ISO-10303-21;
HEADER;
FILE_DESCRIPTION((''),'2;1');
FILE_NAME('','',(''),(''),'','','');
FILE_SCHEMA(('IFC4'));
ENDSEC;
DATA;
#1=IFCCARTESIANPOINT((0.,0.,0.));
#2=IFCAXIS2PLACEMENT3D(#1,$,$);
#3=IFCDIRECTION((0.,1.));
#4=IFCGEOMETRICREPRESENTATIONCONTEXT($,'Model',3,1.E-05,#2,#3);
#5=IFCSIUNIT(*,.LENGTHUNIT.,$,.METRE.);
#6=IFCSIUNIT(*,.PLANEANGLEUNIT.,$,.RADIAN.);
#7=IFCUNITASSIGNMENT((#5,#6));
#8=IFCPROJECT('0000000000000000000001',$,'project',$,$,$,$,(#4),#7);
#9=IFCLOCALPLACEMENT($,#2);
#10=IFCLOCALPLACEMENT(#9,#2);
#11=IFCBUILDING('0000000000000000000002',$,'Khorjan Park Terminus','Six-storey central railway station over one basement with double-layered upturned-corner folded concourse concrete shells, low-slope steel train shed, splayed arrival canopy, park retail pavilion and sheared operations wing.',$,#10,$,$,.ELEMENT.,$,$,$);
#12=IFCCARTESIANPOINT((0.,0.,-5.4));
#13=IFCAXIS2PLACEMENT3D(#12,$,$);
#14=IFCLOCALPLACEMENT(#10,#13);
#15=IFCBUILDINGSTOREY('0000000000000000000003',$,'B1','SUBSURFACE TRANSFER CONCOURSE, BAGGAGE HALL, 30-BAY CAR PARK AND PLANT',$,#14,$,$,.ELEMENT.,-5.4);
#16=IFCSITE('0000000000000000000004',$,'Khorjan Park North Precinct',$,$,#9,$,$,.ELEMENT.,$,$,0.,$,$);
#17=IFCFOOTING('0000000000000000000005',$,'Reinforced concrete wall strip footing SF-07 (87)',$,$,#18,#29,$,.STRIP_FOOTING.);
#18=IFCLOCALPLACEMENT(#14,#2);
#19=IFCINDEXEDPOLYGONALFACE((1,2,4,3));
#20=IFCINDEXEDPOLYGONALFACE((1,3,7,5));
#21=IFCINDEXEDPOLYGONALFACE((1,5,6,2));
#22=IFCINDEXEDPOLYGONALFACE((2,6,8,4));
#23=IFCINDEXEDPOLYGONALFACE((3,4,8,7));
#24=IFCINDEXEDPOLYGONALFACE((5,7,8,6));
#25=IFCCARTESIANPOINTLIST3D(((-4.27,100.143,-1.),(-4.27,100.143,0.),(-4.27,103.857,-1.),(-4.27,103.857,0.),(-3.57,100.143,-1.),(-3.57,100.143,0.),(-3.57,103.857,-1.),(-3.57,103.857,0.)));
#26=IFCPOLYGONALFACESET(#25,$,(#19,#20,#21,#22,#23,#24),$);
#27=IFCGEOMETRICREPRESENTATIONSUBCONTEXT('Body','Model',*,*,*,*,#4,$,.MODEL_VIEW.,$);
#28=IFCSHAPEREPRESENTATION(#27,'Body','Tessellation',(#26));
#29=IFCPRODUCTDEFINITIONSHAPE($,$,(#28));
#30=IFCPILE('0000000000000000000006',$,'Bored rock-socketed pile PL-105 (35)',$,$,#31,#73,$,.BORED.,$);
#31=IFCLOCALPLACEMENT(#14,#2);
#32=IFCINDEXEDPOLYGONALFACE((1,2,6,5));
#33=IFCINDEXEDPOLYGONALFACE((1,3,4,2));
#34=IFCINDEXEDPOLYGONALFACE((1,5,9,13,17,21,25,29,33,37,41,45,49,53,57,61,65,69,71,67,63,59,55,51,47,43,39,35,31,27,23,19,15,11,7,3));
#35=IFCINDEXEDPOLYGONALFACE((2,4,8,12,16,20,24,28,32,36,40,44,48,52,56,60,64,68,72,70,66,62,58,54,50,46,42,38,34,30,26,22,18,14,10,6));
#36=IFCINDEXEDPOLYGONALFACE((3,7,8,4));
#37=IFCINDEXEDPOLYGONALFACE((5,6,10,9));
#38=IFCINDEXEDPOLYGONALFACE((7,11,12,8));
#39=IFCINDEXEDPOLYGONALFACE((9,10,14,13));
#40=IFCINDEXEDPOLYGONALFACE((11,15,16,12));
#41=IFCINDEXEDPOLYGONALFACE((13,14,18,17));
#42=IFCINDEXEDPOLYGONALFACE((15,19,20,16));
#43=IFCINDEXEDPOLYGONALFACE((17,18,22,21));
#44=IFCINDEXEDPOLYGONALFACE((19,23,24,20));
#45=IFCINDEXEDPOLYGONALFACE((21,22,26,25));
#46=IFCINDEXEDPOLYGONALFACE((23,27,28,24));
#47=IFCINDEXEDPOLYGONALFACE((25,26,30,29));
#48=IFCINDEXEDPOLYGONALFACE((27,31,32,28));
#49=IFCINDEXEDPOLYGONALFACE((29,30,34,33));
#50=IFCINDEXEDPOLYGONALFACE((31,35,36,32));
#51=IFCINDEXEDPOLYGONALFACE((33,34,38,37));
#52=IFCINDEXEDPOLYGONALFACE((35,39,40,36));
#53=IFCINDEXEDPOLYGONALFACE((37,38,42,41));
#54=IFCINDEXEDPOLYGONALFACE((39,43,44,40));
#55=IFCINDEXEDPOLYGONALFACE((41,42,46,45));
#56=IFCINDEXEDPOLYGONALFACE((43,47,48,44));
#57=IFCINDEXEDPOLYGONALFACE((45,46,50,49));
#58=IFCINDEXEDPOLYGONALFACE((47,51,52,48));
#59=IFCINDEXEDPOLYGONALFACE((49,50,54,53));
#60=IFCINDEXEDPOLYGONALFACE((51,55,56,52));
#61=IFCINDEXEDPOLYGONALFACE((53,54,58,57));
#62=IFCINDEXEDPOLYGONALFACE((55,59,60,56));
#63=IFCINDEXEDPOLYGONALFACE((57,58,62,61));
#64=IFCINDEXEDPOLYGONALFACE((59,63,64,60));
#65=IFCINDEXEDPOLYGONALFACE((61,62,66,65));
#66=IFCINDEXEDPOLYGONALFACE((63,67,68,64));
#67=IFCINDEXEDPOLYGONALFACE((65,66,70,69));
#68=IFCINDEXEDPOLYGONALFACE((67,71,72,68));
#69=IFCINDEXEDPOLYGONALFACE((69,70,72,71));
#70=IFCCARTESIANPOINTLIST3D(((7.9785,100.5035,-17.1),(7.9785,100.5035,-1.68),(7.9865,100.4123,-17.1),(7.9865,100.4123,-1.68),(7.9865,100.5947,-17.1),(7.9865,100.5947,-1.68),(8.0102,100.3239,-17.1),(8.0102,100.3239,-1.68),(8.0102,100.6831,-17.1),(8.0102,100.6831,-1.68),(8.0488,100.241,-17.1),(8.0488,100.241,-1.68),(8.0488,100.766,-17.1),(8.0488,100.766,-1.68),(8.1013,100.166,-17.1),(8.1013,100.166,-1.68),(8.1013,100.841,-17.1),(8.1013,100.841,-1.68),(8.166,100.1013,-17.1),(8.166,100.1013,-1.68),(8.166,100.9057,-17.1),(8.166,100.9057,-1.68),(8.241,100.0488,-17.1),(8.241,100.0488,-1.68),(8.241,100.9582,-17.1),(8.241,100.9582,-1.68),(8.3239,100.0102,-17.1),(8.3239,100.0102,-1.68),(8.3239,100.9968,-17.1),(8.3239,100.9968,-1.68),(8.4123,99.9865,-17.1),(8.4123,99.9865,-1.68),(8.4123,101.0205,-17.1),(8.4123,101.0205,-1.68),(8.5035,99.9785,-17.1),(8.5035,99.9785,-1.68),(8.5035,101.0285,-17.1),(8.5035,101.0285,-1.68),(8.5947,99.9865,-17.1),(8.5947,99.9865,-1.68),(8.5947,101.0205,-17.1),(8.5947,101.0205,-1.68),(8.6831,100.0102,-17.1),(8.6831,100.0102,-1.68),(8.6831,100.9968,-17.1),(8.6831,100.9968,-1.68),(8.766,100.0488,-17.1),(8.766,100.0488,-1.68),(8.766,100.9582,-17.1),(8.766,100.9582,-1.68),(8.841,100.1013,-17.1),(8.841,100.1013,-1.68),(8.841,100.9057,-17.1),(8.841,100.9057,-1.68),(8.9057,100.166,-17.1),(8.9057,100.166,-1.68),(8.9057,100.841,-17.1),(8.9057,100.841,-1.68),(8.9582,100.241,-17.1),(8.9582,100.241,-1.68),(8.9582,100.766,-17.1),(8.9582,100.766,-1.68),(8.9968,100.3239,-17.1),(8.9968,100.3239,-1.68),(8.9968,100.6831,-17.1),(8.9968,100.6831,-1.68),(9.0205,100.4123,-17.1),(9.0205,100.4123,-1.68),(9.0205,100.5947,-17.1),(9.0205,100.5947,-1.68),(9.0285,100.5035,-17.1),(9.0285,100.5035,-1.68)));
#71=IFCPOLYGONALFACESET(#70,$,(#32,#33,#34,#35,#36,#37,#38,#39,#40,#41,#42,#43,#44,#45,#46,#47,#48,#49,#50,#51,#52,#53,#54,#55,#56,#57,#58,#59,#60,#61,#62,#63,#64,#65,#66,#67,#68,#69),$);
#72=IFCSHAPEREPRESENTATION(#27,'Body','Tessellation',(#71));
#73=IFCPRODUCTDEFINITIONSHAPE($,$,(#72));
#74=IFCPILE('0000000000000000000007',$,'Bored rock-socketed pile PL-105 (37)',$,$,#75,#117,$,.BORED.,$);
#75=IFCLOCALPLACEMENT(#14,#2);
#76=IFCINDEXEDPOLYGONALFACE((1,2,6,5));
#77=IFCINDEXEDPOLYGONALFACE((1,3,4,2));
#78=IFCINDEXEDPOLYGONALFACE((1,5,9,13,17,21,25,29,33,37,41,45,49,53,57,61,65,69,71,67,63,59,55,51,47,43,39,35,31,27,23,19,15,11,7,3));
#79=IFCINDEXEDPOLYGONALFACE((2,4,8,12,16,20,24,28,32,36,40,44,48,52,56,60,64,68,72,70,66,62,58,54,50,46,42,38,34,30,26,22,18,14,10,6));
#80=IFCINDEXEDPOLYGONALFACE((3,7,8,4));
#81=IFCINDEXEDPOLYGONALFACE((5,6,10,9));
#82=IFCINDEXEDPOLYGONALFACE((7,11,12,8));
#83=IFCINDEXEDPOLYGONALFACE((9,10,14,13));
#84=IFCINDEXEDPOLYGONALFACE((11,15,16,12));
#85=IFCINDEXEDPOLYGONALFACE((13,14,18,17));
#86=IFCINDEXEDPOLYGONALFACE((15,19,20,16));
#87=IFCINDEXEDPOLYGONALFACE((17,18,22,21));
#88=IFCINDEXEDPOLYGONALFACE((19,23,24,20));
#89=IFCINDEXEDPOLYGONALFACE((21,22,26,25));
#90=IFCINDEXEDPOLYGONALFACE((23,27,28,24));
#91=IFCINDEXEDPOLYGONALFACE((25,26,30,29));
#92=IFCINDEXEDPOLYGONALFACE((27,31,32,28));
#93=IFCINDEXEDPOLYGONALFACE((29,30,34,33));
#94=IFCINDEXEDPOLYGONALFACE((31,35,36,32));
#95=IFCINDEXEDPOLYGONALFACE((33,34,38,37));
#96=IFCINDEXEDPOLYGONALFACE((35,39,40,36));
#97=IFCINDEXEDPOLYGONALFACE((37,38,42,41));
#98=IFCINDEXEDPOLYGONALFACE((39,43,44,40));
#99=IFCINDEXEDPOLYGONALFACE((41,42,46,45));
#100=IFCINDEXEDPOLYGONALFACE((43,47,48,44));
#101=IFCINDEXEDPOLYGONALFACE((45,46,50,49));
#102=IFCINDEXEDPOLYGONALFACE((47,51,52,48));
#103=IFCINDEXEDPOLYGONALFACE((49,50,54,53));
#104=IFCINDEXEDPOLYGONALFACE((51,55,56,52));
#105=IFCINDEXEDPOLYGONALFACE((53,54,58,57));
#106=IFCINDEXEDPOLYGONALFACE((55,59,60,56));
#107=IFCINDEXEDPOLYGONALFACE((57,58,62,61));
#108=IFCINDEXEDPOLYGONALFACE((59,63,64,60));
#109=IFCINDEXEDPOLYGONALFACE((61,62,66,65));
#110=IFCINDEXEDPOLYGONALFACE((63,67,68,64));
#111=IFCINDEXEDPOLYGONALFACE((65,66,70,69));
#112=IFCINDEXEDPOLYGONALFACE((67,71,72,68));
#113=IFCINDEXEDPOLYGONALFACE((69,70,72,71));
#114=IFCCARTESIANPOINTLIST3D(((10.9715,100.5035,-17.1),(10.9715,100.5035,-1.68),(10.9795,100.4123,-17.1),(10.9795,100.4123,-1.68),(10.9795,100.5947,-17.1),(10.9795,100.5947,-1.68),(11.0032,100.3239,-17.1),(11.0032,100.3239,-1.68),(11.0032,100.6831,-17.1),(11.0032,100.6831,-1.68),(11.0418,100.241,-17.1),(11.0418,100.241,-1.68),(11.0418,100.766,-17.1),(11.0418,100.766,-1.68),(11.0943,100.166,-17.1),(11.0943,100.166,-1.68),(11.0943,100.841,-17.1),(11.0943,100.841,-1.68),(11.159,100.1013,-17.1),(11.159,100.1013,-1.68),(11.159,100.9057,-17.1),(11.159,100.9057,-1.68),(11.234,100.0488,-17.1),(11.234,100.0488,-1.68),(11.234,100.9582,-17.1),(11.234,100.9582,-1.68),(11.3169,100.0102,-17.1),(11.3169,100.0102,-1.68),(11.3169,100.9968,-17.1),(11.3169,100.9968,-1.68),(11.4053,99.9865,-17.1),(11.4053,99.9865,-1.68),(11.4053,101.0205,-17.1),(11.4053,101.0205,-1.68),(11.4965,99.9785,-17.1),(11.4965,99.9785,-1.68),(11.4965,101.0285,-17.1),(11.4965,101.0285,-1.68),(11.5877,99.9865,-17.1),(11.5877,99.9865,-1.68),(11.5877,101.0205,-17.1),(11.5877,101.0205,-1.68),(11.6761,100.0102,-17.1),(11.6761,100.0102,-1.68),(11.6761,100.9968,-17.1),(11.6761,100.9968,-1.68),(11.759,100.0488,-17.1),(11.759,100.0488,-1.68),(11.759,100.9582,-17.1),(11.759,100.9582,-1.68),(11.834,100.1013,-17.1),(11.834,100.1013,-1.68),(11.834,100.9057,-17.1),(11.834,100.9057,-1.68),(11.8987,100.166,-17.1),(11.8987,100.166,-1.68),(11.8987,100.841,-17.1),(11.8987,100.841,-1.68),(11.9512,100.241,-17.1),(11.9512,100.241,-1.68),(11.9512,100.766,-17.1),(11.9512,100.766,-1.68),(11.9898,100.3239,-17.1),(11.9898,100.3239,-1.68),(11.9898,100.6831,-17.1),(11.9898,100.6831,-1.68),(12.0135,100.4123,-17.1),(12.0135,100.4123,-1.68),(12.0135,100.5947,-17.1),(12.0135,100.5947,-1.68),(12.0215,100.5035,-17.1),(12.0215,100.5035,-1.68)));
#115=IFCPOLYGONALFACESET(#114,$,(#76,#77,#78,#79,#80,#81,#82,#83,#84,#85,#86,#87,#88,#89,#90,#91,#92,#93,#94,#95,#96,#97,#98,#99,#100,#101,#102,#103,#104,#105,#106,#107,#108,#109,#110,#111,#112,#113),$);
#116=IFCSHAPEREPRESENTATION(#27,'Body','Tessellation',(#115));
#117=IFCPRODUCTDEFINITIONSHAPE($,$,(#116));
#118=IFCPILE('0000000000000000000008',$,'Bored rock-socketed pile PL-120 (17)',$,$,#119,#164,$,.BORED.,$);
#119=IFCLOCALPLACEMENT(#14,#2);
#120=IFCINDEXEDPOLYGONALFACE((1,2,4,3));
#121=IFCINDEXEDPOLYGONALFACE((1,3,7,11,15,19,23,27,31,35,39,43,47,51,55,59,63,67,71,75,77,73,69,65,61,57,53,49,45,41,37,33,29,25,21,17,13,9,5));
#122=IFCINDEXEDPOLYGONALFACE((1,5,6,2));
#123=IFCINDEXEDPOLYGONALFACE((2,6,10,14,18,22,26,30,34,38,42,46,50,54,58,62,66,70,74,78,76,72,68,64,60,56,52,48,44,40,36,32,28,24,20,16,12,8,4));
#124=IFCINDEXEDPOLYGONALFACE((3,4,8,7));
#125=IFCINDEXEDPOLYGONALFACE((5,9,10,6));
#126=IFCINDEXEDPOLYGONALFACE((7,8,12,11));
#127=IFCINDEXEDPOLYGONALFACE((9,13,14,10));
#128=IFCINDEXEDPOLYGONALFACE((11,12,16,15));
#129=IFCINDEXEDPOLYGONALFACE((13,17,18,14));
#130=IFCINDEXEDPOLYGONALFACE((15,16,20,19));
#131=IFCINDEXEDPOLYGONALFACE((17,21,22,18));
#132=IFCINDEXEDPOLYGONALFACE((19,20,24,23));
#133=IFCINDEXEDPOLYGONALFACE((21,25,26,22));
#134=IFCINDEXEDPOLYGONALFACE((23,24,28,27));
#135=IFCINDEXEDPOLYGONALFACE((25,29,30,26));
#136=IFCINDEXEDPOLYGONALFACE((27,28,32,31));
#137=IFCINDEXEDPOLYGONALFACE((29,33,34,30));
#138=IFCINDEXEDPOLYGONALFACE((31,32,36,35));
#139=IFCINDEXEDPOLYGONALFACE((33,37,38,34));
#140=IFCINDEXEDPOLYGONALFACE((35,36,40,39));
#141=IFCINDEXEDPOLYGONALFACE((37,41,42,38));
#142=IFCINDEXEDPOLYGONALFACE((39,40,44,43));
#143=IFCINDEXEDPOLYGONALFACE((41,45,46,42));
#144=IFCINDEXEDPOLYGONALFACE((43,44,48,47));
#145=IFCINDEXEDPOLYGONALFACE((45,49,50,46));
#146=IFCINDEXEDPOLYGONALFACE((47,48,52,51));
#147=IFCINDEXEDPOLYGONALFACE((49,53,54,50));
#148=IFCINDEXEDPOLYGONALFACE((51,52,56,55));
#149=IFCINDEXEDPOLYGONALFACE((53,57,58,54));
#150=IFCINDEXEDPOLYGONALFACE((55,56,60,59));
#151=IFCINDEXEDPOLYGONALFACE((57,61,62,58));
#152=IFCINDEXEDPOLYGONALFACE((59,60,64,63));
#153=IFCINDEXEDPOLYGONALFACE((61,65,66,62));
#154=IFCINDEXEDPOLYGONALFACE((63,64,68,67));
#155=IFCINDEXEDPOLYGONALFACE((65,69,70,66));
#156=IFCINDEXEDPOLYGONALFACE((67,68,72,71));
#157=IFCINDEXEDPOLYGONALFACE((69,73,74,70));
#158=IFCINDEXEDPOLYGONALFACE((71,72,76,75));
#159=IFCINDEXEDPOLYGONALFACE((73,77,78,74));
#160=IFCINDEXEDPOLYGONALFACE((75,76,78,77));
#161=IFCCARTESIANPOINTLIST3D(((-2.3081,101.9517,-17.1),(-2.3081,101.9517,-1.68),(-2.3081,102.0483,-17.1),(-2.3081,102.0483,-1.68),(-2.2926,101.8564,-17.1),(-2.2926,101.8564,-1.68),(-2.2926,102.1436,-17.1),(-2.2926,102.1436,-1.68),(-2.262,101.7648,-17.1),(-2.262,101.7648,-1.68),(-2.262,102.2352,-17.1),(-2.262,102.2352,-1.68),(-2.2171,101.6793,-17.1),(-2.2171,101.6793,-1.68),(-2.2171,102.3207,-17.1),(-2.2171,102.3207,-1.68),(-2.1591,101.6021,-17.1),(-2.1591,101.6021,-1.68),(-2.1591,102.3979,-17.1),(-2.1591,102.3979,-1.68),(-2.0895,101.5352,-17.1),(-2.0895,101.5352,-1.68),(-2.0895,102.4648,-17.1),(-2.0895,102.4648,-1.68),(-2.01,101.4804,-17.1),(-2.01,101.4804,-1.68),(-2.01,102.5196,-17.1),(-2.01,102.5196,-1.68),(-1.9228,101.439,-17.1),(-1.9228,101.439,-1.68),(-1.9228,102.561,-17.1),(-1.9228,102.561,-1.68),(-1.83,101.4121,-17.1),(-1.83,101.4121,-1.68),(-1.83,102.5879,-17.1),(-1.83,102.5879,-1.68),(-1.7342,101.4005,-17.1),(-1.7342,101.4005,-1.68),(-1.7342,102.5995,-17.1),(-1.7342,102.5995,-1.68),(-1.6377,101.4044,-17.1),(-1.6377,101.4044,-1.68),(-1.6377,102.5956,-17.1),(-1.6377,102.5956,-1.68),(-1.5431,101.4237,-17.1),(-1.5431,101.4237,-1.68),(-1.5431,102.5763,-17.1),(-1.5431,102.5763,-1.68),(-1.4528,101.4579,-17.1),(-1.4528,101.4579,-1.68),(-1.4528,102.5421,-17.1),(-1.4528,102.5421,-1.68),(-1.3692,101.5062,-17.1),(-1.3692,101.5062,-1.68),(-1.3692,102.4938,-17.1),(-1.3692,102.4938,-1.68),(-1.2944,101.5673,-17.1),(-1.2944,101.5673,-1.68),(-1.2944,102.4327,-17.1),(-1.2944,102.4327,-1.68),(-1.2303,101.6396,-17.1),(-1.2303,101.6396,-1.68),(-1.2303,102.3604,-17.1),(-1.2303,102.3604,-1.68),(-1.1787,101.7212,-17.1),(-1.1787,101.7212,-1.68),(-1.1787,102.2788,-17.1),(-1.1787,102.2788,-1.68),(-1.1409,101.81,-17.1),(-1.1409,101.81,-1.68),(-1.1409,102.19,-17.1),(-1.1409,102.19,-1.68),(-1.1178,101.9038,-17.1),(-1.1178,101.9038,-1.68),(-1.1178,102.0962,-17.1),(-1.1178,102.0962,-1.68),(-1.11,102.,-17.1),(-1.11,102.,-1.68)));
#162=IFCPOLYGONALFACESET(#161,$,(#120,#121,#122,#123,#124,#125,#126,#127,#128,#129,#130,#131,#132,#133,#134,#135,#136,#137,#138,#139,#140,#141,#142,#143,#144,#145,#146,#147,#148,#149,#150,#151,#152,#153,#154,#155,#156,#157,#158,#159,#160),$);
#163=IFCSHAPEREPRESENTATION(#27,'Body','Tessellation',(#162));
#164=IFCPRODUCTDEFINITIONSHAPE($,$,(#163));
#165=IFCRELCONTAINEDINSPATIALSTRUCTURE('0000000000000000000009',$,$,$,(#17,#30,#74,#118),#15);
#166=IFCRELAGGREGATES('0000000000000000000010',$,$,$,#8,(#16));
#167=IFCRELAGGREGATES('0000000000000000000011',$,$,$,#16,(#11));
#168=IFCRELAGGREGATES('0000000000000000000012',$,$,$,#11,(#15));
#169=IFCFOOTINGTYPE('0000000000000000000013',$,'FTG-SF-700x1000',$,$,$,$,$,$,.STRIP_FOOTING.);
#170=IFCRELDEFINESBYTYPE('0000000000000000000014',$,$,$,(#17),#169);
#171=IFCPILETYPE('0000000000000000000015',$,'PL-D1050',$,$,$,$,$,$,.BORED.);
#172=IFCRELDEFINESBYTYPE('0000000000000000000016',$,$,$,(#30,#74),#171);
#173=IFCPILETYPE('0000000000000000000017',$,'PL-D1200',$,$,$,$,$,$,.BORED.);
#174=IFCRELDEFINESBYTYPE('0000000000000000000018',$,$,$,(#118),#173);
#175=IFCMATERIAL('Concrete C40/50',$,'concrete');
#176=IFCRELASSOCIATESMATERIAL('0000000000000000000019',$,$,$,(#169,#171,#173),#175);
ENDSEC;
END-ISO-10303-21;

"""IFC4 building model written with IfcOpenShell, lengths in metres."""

from ifc_helpers import new_model, si_unit, direction, frame, origin, origin_2d, place, context, subcontext, project, spatial, rectangle, circle, extrude, material, material_profile, profile_set, type_object, element, save


model = new_model("IFC4")

# Units and contexts
model_context = context("Model", 3, precision=1e-05, world=origin(), true_north=direction((0.0, 1.0)))
body_context = subcontext(model_context, "Body", "Model", "MODEL_VIEW")
ifc_project = project(units=[si_unit("LENGTHUNIT", "METRE"), si_unit("PLANEANGLEUNIT", "RADIAN")], contexts=[model_context])

# Site, building, storey
site_placement = place(None, origin())
site = spatial("IfcSite", under=ifc_project, at=site_placement, Name="Khorjan Park North Precinct", CompositionType="ELEMENT", RefElevation=0.0)
building_placement = place(site_placement, origin())
building = spatial("IfcBuilding", under=site, at=building_placement, Name="Khorjan Park Terminus", Description="Six-storey central railway station over one basement with double-layered upturned-corner folded concourse concrete shells, low-slope steel train shed, splayed arrival canopy, park retail pavilion and sheared operations wing.", CompositionType="ELEMENT")
storey_placement = place(building_placement, frame((0.0, 0.0, -5.4)))
storey = spatial("IfcBuildingStorey", under=building, at=storey_placement, Name="B1", Description="SUBSURFACE TRANSFER CONCOURSE, BAGGAGE HALL, 30-BAY CAR PARK AND PLANT", CompositionType="ELEMENT", Elevation=-5.4)

# Footing
ifc_material_1 = material(Name="Concrete C40/50", Category="concrete")
ifc_material_profile_1 = material_profile(ifc_material_1, rectangle(XDim=0.7, YDim=1.0, at=origin_2d()), Name="RC 700x1000")
ifc_profile_set_1 = profile_set([ifc_material_profile_1], Name="Concrete C40/50")
footing_type_1 = type_object("IfcFootingType", Name="FTG-SF-700x1000", PredefinedType="STRIP_FOOTING", material=ifc_profile_set_1)
footing_1_placement = place(storey_placement, frame((-3.92, 100.143, -0.5), z_axis=(0.0, 1.0, 0.0), x_axis=(-1.0, 0.0, 0.0)))
element("IfcFooting", 1, at=footing_1_placement, inside=storey, type_object=footing_type_1, Name="Reinforced concrete wall strip footing SF-07 (87)", PredefinedType="STRIP_FOOTING", context=body_context, shape_type="SweptSolid", body=[
    extrude(rectangle(XDim=0.7, YDim=1.0, at=origin_2d()), origin(), (0.0, 0.0, 1.0), 3.714),
])

# Piles
ifc_material_profile_2 = material_profile(ifc_material_1, circle(Radius=0.525, at=origin_2d()), Name="BORED D1050")
ifc_profile_set_2 = profile_set([ifc_material_profile_2], Name="Concrete C40/50")
pile_type_1 = type_object("IfcPileType", Name="PL-D1050", PredefinedType="BORED", material=ifc_profile_set_2)
for number, where, z_axis, x_axis, name in (
    (2, (8.5035, 100.5035, -1.68), (0.0, 0.0, -1.0), (1.0, 0.0, 0.0), "Bored rock-socketed pile PL-105 (35)"),
    (3, (11.4965, 100.5035, -1.68), (0.0, 0.0, -1.0), (1.0, 0.0, 0.0), "Bored rock-socketed pile PL-105 (37)"),
):
    element("IfcPile", number, at=place(storey_placement, frame(where, z_axis=z_axis, x_axis=x_axis)), inside=storey, type_object=pile_type_1, Name=name, PredefinedType="BORED", context=body_context, shape_type="SweptSolid", body=[
        extrude(circle(Radius=0.525, at=origin_2d()), origin(), (0.0, 0.0, 1.0), 15.42),
    ])
ifc_material_profile_3 = material_profile(ifc_material_1, circle(Radius=0.6, at=origin_2d()), Name="BORED D1200")
ifc_profile_set_3 = profile_set([ifc_material_profile_3], Name="Concrete C40/50")
pile_type_2 = type_object("IfcPileType", Name="PL-D1200", PredefinedType="BORED", material=ifc_profile_set_3)
pile_1_placement = place(storey_placement, frame((-1.71, 102.0, -1.68), z_axis=(0.0, 0.0, -1.0), x_axis=(1.0, 0.0, 0.0)))
element("IfcPile", 4, at=pile_1_placement, inside=storey, type_object=pile_type_2, Name="Bored rock-socketed pile PL-120 (17)", PredefinedType="BORED", context=body_context, shape_type="SweptSolid", body=[
    extrude(circle(Radius=0.6, at=origin_2d()), origin(), (0.0, 0.0, 1.0), 15.42),
])

save(model, "model.ifc")
